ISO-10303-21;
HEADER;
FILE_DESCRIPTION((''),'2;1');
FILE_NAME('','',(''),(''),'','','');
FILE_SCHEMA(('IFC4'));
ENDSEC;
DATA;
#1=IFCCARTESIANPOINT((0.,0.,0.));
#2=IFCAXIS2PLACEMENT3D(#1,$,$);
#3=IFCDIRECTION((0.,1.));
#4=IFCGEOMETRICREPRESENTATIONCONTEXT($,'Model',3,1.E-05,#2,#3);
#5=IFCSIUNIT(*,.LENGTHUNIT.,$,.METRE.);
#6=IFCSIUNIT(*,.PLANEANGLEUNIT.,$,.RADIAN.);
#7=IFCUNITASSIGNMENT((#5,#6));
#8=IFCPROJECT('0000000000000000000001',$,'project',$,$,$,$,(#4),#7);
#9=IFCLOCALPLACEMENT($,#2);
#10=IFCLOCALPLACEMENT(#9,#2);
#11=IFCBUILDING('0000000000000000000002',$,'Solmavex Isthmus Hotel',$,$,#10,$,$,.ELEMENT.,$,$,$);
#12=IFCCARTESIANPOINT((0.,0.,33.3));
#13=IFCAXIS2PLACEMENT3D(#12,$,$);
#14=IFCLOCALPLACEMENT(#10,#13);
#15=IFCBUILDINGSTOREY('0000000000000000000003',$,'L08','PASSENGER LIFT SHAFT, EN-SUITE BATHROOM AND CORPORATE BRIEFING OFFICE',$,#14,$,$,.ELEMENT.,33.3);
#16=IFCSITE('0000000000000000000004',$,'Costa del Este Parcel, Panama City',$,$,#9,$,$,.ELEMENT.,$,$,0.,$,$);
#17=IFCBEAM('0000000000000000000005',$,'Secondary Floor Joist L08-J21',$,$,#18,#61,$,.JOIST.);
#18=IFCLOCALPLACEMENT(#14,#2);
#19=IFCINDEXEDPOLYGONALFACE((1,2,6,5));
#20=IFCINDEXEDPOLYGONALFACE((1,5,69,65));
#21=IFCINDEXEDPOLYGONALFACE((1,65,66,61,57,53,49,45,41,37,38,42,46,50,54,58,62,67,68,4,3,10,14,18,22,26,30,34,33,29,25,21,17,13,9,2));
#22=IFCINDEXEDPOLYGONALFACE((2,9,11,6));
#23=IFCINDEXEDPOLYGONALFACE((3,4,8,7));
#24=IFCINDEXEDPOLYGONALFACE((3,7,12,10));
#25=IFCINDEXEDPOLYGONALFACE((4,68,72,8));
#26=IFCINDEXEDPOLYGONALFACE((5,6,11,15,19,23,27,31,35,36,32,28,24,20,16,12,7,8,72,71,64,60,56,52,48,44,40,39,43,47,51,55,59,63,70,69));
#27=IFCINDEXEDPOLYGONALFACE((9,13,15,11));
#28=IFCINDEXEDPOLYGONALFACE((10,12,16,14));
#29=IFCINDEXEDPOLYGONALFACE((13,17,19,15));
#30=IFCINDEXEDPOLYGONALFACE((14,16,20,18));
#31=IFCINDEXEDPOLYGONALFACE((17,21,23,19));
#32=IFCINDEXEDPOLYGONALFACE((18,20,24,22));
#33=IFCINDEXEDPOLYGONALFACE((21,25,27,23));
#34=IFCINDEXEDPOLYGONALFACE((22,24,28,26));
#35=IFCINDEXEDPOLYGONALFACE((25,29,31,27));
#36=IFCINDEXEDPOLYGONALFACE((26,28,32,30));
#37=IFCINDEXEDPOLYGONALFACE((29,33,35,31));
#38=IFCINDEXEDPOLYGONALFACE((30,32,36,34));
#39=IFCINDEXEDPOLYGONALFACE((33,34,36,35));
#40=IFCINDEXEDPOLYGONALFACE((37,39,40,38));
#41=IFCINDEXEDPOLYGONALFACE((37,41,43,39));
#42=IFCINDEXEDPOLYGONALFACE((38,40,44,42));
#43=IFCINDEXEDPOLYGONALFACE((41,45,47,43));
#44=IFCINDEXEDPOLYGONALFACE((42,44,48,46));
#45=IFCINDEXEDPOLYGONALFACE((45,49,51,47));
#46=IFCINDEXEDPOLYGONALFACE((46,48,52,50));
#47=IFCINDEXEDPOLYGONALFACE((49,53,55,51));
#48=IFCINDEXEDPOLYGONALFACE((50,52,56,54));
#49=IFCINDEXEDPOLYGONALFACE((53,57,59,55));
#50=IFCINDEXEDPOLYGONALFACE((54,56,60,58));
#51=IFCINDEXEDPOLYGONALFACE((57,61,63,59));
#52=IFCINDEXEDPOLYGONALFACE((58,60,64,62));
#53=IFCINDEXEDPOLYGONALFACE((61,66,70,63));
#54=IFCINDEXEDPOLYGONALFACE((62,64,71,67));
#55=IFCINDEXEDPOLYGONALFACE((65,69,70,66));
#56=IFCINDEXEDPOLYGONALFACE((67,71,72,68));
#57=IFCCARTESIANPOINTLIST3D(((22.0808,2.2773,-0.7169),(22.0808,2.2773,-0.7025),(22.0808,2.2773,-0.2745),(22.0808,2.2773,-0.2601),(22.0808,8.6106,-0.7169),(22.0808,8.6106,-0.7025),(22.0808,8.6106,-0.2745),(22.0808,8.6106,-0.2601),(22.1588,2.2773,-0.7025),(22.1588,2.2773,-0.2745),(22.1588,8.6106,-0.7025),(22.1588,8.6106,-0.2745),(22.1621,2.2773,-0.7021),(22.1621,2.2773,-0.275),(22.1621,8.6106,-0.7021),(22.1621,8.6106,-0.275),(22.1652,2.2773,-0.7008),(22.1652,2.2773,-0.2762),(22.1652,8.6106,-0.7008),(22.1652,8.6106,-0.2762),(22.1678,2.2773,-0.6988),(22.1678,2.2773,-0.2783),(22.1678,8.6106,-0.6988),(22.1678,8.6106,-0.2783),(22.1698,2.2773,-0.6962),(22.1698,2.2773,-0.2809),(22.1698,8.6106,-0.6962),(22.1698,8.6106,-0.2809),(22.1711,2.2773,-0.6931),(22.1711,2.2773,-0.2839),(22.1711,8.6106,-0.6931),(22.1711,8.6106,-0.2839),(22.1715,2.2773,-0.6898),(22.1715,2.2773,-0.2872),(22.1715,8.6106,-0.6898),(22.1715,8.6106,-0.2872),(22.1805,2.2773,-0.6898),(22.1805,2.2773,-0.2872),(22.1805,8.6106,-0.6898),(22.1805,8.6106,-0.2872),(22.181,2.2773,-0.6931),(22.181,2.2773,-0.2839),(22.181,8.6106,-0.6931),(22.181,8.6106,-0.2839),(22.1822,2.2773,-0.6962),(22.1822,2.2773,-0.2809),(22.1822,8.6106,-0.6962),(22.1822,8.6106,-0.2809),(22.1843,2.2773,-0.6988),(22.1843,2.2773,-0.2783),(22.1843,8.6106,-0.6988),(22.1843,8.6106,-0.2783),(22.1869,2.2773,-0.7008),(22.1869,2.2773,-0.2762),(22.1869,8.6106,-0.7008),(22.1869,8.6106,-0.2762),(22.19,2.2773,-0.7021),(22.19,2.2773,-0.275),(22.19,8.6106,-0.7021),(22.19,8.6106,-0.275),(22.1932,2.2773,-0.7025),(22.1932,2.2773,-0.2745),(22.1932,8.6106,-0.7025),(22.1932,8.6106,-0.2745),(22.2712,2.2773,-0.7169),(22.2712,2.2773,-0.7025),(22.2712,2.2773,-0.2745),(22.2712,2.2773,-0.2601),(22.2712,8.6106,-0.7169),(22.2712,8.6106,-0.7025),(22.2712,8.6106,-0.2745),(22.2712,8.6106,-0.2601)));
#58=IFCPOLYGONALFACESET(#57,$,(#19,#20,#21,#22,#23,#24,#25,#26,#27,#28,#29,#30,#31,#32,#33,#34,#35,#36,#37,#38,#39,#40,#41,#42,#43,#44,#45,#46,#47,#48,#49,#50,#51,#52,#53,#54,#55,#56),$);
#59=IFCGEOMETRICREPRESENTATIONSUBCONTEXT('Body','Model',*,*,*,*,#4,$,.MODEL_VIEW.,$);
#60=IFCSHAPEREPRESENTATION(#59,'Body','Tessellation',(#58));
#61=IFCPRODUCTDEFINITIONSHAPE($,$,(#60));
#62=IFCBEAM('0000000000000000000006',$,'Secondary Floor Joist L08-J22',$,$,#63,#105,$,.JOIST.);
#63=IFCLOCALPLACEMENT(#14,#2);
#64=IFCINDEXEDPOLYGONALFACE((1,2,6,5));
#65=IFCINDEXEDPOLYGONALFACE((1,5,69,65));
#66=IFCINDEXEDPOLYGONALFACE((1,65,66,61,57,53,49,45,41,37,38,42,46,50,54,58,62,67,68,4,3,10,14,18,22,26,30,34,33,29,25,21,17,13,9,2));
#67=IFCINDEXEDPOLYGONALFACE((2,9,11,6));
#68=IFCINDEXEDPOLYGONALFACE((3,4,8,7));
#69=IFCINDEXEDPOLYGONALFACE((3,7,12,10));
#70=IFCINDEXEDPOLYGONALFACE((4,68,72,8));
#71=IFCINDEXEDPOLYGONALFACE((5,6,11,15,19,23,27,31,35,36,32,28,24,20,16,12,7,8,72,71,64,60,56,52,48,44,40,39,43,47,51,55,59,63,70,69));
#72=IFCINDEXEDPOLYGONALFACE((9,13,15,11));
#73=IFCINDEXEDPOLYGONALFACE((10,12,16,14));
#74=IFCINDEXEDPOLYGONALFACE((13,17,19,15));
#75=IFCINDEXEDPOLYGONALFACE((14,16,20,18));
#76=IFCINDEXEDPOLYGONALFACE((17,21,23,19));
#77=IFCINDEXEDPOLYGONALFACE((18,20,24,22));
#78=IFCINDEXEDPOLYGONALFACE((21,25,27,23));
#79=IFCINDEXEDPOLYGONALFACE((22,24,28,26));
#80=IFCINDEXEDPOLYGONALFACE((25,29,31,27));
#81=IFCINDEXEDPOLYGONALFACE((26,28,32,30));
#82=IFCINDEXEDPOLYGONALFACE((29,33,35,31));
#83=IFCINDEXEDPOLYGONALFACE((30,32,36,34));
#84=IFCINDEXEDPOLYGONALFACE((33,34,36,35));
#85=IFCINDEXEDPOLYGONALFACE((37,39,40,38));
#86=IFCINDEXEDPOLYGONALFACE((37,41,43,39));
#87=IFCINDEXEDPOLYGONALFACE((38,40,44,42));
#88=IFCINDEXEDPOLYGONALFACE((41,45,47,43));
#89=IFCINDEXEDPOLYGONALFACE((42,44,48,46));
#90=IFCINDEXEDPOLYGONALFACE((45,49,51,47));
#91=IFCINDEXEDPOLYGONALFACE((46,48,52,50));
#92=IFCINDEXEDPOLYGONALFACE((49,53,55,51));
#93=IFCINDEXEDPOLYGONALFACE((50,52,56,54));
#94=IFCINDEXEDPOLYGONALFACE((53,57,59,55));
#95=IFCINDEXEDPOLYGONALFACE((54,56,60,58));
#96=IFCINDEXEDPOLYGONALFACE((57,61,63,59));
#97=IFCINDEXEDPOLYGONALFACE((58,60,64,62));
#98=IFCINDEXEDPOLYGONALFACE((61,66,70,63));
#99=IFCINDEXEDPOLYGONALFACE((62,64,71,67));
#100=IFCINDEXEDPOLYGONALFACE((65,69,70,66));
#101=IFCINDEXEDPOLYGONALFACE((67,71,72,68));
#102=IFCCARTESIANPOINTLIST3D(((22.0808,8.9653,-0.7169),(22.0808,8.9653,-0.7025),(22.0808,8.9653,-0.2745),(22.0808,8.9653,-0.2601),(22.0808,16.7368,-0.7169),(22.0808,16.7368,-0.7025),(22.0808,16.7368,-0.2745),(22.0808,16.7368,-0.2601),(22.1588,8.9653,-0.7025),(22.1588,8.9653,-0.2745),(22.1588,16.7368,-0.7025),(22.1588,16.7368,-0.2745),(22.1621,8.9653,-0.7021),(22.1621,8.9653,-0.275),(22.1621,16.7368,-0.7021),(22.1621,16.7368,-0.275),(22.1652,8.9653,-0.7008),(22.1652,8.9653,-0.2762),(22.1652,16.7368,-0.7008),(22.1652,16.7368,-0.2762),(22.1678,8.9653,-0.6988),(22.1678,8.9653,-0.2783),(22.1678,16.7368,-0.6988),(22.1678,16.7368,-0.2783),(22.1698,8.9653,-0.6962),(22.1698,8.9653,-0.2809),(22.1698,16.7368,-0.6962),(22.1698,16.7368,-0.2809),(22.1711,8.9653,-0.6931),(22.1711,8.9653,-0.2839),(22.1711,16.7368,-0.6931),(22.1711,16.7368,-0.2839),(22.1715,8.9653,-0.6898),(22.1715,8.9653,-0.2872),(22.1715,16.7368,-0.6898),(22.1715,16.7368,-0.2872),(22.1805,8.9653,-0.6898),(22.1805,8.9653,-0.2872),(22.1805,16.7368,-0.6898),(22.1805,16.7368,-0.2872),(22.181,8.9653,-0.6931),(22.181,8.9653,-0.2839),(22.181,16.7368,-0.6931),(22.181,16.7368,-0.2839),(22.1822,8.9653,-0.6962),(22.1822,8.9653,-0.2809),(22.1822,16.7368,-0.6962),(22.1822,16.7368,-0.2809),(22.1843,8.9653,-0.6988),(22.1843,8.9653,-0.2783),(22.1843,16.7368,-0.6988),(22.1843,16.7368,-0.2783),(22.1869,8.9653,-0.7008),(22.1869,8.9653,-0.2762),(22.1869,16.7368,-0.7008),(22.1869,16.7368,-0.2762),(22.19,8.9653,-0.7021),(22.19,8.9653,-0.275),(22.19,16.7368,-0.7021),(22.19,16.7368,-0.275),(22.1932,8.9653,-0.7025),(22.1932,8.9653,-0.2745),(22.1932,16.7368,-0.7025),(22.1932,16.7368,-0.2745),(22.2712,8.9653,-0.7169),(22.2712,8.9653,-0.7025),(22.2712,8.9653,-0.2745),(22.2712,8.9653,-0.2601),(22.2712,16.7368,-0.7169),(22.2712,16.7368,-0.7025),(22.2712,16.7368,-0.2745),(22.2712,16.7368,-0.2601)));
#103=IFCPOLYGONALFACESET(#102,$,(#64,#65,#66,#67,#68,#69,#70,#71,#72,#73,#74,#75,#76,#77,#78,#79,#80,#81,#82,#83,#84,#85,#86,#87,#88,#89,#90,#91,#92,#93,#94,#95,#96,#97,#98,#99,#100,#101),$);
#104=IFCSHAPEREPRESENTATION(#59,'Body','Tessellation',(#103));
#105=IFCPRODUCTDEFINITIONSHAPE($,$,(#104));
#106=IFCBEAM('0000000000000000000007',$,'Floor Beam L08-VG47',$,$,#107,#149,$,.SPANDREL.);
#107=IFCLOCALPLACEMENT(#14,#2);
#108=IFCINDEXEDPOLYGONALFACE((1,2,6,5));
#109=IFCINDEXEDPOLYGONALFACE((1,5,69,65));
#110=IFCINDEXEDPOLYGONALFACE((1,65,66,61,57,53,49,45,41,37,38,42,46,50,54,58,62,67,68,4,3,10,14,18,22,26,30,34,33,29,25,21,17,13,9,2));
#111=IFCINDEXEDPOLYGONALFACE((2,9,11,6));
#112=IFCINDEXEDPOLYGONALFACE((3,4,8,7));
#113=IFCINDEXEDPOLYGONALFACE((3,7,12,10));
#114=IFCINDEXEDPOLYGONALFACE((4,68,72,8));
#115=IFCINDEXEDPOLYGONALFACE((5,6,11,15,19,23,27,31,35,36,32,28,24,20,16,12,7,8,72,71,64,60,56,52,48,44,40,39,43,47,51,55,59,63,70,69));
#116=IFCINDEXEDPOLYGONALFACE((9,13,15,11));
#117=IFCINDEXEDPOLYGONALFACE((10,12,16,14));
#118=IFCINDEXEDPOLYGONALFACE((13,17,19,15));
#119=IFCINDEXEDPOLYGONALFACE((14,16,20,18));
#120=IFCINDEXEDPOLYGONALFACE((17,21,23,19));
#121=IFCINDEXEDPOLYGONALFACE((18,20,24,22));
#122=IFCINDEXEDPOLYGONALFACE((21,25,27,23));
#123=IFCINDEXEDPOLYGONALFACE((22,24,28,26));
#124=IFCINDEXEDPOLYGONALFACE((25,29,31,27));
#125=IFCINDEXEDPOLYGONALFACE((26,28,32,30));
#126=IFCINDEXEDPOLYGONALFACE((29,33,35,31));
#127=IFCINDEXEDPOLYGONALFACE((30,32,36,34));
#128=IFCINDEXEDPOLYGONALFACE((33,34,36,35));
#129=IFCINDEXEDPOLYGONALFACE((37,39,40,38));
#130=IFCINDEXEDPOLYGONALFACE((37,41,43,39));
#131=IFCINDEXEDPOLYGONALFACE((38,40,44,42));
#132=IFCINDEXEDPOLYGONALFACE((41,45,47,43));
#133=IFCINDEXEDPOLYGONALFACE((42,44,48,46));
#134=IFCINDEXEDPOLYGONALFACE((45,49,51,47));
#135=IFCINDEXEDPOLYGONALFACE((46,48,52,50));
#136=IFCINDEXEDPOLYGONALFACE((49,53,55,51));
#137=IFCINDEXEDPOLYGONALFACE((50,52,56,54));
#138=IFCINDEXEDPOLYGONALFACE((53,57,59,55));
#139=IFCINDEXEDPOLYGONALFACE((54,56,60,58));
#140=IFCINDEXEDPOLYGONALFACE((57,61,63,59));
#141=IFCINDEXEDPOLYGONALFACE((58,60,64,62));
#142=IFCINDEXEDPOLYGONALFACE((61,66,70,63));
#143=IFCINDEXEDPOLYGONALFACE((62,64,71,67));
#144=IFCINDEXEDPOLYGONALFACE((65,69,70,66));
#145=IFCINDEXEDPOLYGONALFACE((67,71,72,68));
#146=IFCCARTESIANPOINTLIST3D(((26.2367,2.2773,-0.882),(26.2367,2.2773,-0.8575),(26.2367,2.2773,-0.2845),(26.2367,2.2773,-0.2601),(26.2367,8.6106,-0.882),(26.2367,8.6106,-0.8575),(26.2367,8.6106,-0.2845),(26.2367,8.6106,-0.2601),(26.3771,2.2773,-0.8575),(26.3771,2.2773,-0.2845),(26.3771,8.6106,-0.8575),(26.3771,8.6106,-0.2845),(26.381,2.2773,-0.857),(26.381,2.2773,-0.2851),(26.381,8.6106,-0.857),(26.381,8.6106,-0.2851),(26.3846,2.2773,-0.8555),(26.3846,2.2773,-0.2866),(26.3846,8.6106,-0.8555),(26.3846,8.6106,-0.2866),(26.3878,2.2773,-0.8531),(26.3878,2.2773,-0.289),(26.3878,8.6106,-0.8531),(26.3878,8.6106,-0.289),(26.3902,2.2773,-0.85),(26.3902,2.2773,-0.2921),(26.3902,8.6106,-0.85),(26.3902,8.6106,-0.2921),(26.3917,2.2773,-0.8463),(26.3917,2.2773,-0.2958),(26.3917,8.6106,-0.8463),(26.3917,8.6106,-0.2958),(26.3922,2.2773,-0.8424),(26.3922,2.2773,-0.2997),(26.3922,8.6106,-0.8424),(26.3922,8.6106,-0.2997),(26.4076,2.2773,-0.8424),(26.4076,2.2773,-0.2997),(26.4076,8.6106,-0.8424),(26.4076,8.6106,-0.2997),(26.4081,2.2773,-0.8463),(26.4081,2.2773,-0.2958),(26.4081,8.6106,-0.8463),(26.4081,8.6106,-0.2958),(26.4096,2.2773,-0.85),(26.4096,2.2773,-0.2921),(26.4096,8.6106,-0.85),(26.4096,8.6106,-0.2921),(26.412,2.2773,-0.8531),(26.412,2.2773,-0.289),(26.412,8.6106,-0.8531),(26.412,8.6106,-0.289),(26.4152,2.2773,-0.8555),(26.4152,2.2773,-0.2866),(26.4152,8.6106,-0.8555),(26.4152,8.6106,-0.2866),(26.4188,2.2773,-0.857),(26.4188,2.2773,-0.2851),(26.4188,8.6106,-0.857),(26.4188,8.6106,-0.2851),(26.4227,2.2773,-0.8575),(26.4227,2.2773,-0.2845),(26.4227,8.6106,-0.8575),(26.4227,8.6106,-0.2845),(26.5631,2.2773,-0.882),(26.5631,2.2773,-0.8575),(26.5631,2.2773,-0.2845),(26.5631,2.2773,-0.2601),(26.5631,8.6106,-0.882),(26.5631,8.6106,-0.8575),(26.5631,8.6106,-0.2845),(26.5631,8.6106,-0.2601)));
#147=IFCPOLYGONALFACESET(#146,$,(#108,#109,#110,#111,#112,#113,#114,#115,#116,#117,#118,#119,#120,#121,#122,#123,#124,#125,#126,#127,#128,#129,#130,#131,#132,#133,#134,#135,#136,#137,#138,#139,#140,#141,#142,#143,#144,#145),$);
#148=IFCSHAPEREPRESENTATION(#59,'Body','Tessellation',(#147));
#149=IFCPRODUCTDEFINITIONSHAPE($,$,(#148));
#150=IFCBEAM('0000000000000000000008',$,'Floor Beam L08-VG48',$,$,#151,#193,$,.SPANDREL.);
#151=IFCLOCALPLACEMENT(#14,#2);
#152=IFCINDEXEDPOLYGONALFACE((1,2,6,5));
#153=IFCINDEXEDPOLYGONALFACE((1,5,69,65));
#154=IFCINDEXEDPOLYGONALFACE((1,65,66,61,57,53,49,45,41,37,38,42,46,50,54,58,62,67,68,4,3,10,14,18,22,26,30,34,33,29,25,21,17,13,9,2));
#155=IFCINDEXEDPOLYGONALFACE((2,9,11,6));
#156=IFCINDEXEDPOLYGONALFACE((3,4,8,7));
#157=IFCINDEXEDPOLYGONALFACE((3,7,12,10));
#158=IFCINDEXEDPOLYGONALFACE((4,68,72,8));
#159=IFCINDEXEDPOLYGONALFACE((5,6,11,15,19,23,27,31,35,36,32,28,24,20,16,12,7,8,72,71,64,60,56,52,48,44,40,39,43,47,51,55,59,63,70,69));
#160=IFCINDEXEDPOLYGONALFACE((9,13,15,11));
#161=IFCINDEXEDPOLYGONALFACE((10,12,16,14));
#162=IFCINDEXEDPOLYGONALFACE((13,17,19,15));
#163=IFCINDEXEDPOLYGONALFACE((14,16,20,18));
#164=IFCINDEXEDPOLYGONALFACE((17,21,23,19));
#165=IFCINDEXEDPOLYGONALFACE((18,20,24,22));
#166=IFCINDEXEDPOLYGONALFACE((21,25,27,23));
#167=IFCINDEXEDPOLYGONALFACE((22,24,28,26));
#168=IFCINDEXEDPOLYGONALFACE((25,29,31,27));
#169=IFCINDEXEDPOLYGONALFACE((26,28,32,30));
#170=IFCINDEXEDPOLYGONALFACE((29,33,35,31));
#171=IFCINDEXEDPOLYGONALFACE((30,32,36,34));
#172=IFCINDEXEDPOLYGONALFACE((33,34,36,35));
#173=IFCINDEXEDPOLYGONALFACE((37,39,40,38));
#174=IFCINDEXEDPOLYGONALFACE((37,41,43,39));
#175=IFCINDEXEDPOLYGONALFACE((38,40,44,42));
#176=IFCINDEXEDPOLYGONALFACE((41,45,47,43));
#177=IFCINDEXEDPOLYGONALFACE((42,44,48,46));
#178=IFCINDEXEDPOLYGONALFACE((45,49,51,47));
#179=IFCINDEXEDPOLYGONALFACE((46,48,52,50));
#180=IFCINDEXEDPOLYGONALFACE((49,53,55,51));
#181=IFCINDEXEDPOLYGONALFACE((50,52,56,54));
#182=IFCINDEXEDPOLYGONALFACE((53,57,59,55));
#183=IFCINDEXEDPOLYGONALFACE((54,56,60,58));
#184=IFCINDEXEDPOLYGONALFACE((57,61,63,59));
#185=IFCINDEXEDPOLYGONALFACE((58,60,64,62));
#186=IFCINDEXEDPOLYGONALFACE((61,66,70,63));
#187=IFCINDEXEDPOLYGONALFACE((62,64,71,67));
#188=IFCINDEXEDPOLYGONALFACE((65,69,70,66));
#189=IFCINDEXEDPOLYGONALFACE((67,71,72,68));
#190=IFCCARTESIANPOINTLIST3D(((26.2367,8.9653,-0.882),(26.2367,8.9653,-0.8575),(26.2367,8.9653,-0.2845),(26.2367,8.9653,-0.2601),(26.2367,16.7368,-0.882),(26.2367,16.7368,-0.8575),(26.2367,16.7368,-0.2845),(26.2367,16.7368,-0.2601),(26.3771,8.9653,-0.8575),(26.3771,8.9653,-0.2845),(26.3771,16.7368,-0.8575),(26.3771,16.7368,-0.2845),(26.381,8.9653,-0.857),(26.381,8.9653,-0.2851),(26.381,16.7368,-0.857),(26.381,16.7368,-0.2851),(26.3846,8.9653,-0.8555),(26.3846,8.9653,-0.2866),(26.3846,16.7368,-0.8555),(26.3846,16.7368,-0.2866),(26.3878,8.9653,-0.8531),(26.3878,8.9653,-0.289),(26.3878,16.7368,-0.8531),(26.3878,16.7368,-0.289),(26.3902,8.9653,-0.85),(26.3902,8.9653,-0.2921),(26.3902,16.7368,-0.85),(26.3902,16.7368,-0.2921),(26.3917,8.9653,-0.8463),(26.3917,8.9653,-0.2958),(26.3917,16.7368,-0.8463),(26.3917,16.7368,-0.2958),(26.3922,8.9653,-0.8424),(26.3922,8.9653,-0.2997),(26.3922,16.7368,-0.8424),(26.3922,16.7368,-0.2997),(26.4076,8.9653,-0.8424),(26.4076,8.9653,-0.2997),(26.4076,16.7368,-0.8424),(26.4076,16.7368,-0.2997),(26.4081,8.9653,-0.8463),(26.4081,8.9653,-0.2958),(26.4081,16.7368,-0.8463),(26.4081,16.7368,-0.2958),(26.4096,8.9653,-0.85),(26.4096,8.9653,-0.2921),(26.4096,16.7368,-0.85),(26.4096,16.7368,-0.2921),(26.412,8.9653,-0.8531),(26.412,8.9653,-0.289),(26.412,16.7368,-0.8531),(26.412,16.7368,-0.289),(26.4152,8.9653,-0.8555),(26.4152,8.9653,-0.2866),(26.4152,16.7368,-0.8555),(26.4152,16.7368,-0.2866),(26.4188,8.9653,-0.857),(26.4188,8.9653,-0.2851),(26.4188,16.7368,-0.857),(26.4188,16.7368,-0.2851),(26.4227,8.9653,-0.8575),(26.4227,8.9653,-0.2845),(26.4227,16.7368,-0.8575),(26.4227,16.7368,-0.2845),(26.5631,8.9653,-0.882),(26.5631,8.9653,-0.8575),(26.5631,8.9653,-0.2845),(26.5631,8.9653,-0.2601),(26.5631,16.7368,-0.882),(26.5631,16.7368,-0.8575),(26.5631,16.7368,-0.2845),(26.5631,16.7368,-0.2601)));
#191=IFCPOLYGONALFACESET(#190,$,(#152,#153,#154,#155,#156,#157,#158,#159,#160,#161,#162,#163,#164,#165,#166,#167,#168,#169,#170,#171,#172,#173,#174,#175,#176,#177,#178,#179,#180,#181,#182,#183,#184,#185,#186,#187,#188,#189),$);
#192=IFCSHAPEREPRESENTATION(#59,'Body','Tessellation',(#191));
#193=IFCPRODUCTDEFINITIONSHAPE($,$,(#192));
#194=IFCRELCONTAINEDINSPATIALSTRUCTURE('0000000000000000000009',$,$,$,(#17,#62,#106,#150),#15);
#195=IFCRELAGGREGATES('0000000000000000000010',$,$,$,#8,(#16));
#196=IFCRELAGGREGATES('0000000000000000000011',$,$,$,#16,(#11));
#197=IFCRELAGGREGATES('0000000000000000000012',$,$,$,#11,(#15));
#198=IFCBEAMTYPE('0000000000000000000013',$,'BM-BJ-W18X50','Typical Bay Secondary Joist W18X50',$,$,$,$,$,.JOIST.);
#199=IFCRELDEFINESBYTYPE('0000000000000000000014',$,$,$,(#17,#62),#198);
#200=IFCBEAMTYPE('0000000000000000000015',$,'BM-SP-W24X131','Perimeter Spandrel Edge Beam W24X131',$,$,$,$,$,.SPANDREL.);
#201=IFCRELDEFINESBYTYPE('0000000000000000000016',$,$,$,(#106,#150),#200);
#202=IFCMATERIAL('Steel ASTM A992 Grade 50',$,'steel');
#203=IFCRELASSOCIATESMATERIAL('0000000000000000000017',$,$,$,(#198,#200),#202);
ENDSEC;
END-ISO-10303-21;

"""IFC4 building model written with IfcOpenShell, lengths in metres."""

from ifc_helpers import new_model, si_unit, direction, frame, origin, origin_2d, place, context, subcontext, project, spatial, i_section, extrude, material, material_profile, profile_set, type_object, element, save


model = new_model("IFC4")

# Units and contexts
model_context = context("Model", 3, precision=1e-05, world=origin(), true_north=direction((0.0, 1.0)))
body_context = subcontext(model_context, "Body", "Model", "MODEL_VIEW")
ifc_project = project(units=[si_unit("LENGTHUNIT", "METRE"), si_unit("PLANEANGLEUNIT", "RADIAN")], contexts=[model_context])

# Site, building, storey
site_placement = place(None, origin())
site = spatial("IfcSite", under=ifc_project, at=site_placement, Name="Costa del Este Parcel, Panama City", CompositionType="ELEMENT", RefElevation=0.0)
building_placement = place(site_placement, origin())
building = spatial("IfcBuilding", under=site, at=building_placement, Name="Solmavex Isthmus Hotel", CompositionType="ELEMENT")
storey_placement = place(building_placement, frame((0.0, 0.0, 33.3)))
storey = spatial("IfcBuildingStorey", under=building, at=storey_placement, Name="L08", Description="PASSENGER LIFT SHAFT, EN-SUITE BATHROOM AND CORPORATE BRIEFING OFFICE", CompositionType="ELEMENT", Elevation=33.3)

# Beams
ifc_material_1 = material(Name="Steel ASTM A992 Grade 50", Category="steel")
ifc_material_profile_1 = material_profile(ifc_material_1, i_section(OverallWidth=0.1904, OverallDepth=0.4568, WebThickness=0.009, FlangeThickness=0.0144, FilletRadius=0.0127, at=origin_2d()), Name="W18X50")
ifc_profile_set_1 = profile_set([ifc_material_profile_1], Name="Steel ASTM A992 Grade 50")
beam_type_1 = type_object("IfcBeamType", Name="BM-BJ-W18X50", Description="Typical Bay Secondary Joist W18X50", PredefinedType="JOIST", material=ifc_profile_set_1)
beam_1_placement = place(storey_placement, frame((22.176, 2.2773, -0.4885), z_axis=(0.0, 1.0, 0.0), x_axis=(-1.0, 0.0, 0.0)))
element("IfcBeam", 1, at=beam_1_placement, inside=storey, type_object=beam_type_1, Name="Secondary Floor Joist L08-J21", PredefinedType="JOIST", context=body_context, shape_type="SweptSolid", body=[
    extrude(i_section(OverallWidth=0.1904, OverallDepth=0.4568, WebThickness=0.009, FlangeThickness=0.0144, FilletRadius=0.0127, at=origin_2d()), origin(), (0.0, 0.0, 1.0), 6.3333),
])
beam_2_placement = place(storey_placement, frame((22.176, 8.9653, -0.4885), z_axis=(0.0, 1.0, 0.0), x_axis=(-1.0, 0.0, 0.0)))
element("IfcBeam", 2, at=beam_2_placement, inside=storey, type_object=beam_type_1, Name="Secondary Floor Joist L08-J22", PredefinedType="JOIST", context=body_context, shape_type="SweptSolid", body=[
    extrude(i_section(OverallWidth=0.1904, OverallDepth=0.4568, WebThickness=0.009, FlangeThickness=0.0144, FilletRadius=0.0127, at=origin_2d()), origin(), (0.0, 0.0, 1.0), 7.7715),
])
ifc_material_profile_2 = material_profile(ifc_material_1, i_section(OverallWidth=0.3264, OverallDepth=0.6218, WebThickness=0.0154, FlangeThickness=0.0244, FilletRadius=0.0151, at=origin_2d()), Name="W24X131")
ifc_profile_set_2 = profile_set([ifc_material_profile_2], Name="Steel ASTM A992 Grade 50")
beam_type_2 = type_object("IfcBeamType", Name="BM-SP-W24X131", Description="Perimeter Spandrel Edge Beam W24X131", PredefinedType="SPANDREL", material=ifc_profile_set_2)
beam_3_placement = place(storey_placement, frame((26.3999, 2.2773, -0.571), z_axis=(0.0, 1.0, 0.0), x_axis=(-1.0, 0.0, 0.0)))
element("IfcBeam", 3, at=beam_3_placement, inside=storey, type_object=beam_type_2, Name="Floor Beam L08-VG47", PredefinedType="SPANDREL", context=body_context, shape_type="SweptSolid", body=[
    extrude(i_section(OverallWidth=0.3264, OverallDepth=0.6218, WebThickness=0.0154, FlangeThickness=0.0244, FilletRadius=0.0151, at=origin_2d()), origin(), (0.0, 0.0, 1.0), 6.3333),
])
beam_4_placement = place(storey_placement, frame((26.3999, 8.9653, -0.571), z_axis=(0.0, 1.0, 0.0), x_axis=(-1.0, 0.0, 0.0)))
element("IfcBeam", 4, at=beam_4_placement, inside=storey, type_object=beam_type_2, Name="Floor Beam L08-VG48", PredefinedType="SPANDREL", context=body_context, shape_type="SweptSolid", body=[
    extrude(i_section(OverallWidth=0.3264, OverallDepth=0.6218, WebThickness=0.0154, FlangeThickness=0.0244, FilletRadius=0.0151, at=origin_2d()), origin(), (0.0, 0.0, 1.0), 7.7715),
])

save(model, "model.ifc")
